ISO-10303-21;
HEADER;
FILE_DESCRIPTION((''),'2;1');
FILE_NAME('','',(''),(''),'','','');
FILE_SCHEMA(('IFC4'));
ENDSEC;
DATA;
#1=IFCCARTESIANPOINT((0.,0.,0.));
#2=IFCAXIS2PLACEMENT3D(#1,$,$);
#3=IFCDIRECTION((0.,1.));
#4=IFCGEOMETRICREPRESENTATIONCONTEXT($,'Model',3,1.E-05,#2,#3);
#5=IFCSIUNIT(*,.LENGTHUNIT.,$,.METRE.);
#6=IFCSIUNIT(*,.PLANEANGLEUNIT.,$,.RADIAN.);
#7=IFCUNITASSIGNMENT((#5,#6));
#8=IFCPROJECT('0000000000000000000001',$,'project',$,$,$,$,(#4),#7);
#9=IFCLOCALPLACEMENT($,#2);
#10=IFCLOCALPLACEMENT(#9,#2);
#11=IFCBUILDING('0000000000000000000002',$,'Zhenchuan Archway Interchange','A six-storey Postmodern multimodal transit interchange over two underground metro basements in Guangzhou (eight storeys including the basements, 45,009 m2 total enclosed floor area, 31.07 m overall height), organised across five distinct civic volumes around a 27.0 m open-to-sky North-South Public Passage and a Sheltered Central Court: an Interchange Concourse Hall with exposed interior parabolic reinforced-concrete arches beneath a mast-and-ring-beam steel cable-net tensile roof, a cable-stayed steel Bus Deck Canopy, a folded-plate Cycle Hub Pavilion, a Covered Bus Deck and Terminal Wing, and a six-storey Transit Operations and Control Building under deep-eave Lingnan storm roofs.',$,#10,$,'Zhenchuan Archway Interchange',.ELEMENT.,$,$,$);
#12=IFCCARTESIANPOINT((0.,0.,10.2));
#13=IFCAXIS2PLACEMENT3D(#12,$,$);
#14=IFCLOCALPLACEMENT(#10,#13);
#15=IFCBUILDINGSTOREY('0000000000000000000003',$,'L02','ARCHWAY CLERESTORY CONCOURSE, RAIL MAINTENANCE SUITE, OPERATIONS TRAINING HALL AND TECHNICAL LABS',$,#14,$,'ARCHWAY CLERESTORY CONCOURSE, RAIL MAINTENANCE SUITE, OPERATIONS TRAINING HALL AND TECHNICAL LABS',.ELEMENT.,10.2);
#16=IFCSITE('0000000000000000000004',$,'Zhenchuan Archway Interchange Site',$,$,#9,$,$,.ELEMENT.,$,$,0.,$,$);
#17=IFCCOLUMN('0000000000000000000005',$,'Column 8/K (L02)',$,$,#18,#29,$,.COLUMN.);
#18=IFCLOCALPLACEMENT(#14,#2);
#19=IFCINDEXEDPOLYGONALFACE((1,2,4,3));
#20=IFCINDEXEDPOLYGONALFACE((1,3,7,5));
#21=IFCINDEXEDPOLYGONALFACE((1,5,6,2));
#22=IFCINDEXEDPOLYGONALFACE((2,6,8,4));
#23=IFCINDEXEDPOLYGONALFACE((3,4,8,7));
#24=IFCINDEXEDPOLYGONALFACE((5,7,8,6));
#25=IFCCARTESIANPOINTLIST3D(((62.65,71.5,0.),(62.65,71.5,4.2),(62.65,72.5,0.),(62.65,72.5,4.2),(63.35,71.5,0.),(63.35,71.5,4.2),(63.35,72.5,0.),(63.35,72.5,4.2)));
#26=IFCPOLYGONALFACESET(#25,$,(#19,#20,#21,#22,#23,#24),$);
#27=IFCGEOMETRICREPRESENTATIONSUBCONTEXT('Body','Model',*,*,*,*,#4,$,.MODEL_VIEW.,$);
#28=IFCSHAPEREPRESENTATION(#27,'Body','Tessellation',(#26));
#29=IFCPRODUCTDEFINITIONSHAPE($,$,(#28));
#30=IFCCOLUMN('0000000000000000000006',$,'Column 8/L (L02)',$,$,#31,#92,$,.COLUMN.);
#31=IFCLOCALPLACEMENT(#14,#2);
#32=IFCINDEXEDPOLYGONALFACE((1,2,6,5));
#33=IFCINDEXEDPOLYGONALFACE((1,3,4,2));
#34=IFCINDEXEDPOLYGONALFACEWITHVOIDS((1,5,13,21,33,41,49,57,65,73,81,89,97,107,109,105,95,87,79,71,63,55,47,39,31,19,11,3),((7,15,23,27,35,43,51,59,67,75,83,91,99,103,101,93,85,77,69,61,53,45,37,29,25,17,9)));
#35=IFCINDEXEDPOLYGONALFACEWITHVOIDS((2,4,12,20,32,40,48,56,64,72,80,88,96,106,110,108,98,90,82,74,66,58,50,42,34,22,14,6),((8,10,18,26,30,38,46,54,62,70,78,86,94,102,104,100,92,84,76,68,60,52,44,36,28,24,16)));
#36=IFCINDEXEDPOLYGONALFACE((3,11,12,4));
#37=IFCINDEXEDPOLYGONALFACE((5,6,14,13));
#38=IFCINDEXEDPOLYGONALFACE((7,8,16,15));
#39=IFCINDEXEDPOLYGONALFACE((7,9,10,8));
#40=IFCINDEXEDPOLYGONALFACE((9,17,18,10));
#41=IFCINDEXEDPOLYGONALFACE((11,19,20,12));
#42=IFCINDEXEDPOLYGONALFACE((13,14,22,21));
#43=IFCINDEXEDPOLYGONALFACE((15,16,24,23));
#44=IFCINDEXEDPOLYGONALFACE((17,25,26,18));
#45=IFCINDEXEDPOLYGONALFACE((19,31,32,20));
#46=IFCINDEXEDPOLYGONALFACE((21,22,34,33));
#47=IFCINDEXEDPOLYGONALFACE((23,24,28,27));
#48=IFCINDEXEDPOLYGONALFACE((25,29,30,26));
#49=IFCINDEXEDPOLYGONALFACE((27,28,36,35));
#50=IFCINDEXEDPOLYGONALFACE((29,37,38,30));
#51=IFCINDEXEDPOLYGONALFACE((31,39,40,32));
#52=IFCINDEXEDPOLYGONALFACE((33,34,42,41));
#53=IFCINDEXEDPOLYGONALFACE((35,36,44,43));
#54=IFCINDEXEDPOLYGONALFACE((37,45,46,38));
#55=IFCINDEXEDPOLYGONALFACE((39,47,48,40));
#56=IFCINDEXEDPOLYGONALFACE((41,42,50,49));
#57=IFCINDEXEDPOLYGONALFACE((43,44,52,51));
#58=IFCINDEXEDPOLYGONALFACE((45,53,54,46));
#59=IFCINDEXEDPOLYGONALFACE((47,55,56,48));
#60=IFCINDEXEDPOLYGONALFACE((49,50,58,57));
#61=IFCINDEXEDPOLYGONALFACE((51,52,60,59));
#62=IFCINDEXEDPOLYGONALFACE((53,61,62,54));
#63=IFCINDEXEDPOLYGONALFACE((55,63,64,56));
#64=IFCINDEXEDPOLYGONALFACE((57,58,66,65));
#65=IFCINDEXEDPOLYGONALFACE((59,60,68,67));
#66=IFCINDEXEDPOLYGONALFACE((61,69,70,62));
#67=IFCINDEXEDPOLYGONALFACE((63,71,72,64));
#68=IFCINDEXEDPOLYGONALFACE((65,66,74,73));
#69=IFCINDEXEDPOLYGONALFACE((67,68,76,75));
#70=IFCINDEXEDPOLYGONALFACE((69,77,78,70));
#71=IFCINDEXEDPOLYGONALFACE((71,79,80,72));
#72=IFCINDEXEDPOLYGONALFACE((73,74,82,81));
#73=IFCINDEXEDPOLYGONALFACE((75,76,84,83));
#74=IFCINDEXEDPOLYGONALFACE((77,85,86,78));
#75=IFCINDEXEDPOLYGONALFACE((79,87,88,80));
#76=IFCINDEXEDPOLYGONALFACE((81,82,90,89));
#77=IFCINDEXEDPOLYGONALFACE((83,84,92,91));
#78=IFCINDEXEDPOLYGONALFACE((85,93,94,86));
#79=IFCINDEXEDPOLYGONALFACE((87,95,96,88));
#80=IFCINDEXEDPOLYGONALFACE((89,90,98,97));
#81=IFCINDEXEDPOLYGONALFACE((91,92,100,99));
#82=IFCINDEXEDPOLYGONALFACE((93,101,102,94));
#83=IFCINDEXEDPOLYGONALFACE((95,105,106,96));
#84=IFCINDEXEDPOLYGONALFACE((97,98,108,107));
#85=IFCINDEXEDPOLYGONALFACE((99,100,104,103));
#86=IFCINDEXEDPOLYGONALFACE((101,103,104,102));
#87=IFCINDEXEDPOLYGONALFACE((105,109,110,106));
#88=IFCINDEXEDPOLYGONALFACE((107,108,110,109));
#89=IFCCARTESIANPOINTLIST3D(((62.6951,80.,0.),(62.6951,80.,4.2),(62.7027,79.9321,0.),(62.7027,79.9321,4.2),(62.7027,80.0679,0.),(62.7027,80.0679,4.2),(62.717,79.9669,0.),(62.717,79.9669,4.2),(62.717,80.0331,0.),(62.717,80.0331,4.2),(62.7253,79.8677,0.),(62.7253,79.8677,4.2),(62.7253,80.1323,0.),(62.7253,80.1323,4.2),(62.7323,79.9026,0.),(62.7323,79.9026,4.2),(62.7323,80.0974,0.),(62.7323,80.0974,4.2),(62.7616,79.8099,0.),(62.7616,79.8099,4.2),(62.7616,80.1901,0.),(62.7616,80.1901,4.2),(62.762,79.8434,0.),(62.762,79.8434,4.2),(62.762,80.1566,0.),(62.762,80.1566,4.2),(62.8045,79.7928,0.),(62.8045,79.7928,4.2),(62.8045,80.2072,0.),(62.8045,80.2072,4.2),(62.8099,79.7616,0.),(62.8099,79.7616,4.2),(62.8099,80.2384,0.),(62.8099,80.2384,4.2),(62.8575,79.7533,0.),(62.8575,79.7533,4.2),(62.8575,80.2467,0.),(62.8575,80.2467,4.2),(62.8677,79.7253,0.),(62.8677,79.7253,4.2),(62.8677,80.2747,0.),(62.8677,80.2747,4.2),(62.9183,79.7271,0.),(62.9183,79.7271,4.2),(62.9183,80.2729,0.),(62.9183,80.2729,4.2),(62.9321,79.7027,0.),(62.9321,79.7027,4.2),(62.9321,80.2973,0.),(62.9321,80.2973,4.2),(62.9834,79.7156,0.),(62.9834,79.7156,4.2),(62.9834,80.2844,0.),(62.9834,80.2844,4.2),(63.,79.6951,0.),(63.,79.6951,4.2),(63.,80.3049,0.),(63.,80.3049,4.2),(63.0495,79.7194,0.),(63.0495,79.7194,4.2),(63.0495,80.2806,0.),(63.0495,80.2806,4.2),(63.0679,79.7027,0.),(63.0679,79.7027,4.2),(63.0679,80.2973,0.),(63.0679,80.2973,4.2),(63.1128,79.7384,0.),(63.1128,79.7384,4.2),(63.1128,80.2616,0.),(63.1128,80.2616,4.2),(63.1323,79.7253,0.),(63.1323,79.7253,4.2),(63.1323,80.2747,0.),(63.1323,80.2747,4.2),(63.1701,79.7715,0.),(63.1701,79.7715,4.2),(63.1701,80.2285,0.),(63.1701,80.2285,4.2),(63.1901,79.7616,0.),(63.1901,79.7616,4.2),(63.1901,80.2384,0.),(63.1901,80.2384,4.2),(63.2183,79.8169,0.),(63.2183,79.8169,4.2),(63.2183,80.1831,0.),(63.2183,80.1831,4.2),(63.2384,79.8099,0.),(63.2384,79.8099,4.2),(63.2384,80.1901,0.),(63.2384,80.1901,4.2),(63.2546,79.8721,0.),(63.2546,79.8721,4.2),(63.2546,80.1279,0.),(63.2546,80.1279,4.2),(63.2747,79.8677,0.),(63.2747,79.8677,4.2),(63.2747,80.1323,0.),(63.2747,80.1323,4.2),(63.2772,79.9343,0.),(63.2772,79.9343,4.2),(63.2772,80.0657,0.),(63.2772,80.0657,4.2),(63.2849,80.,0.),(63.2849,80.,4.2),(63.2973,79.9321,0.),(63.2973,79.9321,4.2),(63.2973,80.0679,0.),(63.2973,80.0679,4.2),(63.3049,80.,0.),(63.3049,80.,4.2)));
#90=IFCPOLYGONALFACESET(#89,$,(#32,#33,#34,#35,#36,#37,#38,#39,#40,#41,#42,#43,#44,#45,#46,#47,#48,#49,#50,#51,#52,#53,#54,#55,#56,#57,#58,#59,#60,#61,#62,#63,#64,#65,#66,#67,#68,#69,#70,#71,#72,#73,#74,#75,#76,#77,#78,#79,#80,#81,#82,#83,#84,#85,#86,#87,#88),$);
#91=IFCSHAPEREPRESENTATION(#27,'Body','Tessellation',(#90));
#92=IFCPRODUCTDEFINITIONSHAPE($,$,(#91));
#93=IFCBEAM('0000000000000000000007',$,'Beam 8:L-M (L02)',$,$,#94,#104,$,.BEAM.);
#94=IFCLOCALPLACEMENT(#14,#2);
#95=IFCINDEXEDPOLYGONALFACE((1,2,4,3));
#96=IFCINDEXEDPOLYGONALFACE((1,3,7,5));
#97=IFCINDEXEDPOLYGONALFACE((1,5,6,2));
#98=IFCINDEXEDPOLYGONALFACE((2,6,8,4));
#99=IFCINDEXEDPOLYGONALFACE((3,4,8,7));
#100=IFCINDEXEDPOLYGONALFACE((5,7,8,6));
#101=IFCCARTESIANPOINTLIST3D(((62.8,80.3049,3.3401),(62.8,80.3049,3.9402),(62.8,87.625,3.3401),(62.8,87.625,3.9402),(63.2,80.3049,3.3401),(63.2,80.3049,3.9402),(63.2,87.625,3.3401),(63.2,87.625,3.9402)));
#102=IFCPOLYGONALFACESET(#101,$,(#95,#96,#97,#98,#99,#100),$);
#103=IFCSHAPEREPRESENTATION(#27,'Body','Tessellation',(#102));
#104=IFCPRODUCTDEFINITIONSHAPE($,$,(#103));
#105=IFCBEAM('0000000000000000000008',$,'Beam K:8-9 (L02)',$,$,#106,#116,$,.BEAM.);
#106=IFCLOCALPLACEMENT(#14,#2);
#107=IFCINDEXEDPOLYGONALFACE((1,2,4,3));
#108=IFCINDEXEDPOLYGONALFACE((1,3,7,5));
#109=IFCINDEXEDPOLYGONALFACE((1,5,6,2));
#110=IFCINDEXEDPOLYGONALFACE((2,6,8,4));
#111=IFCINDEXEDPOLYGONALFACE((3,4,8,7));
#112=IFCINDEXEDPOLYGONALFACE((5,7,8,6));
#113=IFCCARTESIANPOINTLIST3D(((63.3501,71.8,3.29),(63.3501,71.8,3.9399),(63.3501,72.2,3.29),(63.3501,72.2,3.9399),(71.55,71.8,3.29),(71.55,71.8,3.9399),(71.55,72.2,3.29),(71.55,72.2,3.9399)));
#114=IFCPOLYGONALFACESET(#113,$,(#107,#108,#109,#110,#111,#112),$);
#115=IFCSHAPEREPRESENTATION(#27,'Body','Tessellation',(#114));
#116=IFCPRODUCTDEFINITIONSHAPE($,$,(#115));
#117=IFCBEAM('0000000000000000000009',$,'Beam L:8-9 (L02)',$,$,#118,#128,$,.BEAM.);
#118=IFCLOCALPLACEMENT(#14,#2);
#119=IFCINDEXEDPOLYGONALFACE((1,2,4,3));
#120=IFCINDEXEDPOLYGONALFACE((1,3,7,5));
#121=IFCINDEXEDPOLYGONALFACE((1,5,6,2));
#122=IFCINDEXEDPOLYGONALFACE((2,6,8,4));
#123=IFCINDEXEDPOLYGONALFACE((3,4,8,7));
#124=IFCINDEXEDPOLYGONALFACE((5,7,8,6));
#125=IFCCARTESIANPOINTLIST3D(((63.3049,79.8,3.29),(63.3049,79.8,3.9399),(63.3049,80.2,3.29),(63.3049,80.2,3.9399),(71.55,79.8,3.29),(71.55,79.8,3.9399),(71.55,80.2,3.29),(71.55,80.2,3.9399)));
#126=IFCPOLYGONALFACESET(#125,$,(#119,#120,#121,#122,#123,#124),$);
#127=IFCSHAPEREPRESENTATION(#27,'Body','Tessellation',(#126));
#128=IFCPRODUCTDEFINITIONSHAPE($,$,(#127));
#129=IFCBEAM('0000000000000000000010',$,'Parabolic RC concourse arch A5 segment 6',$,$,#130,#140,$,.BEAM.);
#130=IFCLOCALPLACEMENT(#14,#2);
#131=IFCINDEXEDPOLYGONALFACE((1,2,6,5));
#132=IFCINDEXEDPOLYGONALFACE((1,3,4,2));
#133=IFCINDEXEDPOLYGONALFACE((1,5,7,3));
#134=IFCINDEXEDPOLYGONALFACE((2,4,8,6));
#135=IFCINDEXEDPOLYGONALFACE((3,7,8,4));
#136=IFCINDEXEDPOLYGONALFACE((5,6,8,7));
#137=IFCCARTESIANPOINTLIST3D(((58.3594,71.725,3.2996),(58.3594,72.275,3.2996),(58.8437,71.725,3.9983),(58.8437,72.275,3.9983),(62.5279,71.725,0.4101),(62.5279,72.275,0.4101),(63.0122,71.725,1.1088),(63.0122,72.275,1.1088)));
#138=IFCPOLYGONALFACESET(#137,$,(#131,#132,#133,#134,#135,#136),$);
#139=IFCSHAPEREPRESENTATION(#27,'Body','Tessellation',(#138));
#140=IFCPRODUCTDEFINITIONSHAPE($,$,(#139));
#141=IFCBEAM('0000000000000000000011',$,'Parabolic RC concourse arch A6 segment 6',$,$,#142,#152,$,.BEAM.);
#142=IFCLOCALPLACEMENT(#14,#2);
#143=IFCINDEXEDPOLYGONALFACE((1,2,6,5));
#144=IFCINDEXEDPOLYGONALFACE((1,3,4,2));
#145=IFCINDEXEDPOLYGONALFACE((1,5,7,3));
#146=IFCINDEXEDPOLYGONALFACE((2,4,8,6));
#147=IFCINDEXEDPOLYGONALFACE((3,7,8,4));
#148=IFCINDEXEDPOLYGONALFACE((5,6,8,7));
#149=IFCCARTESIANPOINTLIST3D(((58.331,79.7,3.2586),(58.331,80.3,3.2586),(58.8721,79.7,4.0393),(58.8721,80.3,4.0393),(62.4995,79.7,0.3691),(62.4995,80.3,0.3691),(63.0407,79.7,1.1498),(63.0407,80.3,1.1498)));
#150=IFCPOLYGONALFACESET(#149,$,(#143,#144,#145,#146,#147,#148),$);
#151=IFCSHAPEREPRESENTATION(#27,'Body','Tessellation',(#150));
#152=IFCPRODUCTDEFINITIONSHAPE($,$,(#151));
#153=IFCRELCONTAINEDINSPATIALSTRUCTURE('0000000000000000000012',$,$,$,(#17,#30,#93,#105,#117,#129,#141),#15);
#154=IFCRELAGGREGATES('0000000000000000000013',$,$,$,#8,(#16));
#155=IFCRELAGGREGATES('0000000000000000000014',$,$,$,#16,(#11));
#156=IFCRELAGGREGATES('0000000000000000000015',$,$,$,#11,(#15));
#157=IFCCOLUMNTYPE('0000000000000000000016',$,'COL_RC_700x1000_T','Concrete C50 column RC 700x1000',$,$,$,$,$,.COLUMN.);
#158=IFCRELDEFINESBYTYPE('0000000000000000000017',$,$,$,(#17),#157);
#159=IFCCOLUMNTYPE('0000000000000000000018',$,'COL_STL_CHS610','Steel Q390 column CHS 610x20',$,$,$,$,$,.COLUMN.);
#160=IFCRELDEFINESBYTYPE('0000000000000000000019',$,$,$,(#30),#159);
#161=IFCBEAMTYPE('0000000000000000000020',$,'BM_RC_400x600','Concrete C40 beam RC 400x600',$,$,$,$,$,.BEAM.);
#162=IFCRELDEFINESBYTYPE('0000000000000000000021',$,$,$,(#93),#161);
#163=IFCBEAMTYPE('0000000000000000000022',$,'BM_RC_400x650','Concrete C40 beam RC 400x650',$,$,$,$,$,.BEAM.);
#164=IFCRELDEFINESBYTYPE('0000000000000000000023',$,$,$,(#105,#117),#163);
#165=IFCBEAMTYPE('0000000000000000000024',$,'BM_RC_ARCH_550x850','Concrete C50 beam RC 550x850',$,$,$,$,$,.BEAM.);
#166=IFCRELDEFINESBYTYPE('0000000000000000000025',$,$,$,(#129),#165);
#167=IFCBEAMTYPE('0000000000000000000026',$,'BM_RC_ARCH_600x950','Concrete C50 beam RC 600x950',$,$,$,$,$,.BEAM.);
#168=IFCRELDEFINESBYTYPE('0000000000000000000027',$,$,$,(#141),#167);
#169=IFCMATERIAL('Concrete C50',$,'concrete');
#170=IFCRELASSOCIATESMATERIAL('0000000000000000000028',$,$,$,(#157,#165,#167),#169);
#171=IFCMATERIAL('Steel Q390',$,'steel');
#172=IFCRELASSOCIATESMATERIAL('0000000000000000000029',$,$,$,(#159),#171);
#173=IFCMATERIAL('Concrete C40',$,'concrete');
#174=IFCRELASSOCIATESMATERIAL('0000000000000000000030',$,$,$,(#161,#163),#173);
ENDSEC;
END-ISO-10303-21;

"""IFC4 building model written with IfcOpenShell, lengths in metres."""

from ifc_helpers import new_model, si_unit, direction, frame, origin, origin_2d, place, context, subcontext, project, spatial, rectangle, hollow_circle, extrude, material, material_profile, profile_set, type_object, element, save


model = new_model("IFC4")

# Units and contexts
model_context = context("Model", 3, precision=1e-05, world=origin(), true_north=direction((0.0, 1.0)))
body_context = subcontext(model_context, "Body", "Model", "MODEL_VIEW")
ifc_project = project(units=[si_unit("LENGTHUNIT", "METRE"), si_unit("PLANEANGLEUNIT", "RADIAN")], contexts=[model_context])

# Site, building, storey
site_placement = place(None, origin())
site = spatial("IfcSite", under=ifc_project, at=site_placement, Name="Zhenchuan Archway Interchange Site", CompositionType="ELEMENT", RefElevation=0.0)
building_placement = place(site_placement, origin())
building = spatial("IfcBuilding", under=site, at=building_placement, Name="Zhenchuan Archway Interchange", Description="A six-storey Postmodern multimodal transit interchange over two underground metro basements in Guangzhou (eight storeys including the basements, 45,009 m2 total enclosed floor area, 31.07 m overall height), organised across five distinct civic volumes around a 27.0 m open-to-sky North-South Public Passage and a Sheltered Central Court: an Interchange Concourse Hall with exposed interior parabolic reinforced-concrete arches beneath a mast-and-ring-beam steel cable-net tensile roof, a cable-stayed steel Bus Deck Canopy, a folded-plate Cycle Hub Pavilion, a Covered Bus Deck and Terminal Wing, and a six-storey Transit Operations and Control Building under deep-eave Lingnan storm roofs.", LongName="Zhenchuan Archway Interchange", CompositionType="ELEMENT")
storey_placement = place(building_placement, frame((0.0, 0.0, 10.2)))
storey = spatial("IfcBuildingStorey", under=building, at=storey_placement, Name="L02", Description="ARCHWAY CLERESTORY CONCOURSE, RAIL MAINTENANCE SUITE, OPERATIONS TRAINING HALL AND TECHNICAL LABS", LongName="ARCHWAY CLERESTORY CONCOURSE, RAIL MAINTENANCE SUITE, OPERATIONS TRAINING HALL AND TECHNICAL LABS", CompositionType="ELEMENT", Elevation=10.2)

# Columns
ifc_material_1 = material(Name="Concrete C50", Category="concrete")
ifc_material_profile_1 = material_profile(ifc_material_1, rectangle(XDim=0.7, YDim=1.0, at=origin_2d()), Name="RC 700x1000")
ifc_profile_set_1 = profile_set([ifc_material_profile_1], Name="Concrete C50")
column_type_1 = type_object("IfcColumnType", Name="COL_RC_700x1000_T", Description="Concrete C50 column RC 700x1000", PredefinedType="COLUMN", material=ifc_profile_set_1)
column_1_placement = place(storey_placement, frame((63.0, 72.0, 0.0), z_axis=(0.0, 0.0, 1.0), x_axis=(1.0, 0.0, 0.0)))
element("IfcColumn", 1, at=column_1_placement, inside=storey, type_object=column_type_1, Name="Column 8/K (L02)", PredefinedType="COLUMN", context=body_context, shape_type="SweptSolid", body=[
    extrude(rectangle(XDim=0.7, YDim=1.0, at=origin_2d()), origin(), (0.0, 0.0, 1.0), 4.2),
])
ifc_material_2 = material(Name="Steel Q390", Category="steel")
ifc_material_profile_2 = material_profile(ifc_material_2, hollow_circle(Radius=0.3049, WallThickness=0.02, at=origin_2d()), Name="CHS 610x20")
ifc_profile_set_2 = profile_set([ifc_material_profile_2], Name="Steel Q390")
column_type_2 = type_object("IfcColumnType", Name="COL_STL_CHS610", Description="Steel Q390 column CHS 610x20", PredefinedType="COLUMN", material=ifc_profile_set_2)
column_2_placement = place(storey_placement, frame((63.0, 80.0, 0.0), z_axis=(0.0, 0.0, 1.0), x_axis=(1.0, 0.0, 0.0)))
element("IfcColumn", 2, at=column_2_placement, inside=storey, type_object=column_type_2, Name="Column 8/L (L02)", PredefinedType="COLUMN", context=body_context, shape_type="SweptSolid", body=[
    extrude(hollow_circle(Radius=0.3049, WallThickness=0.02, at=origin_2d()), origin(), (0.0, 0.0, 1.0), 4.2),
])

# Beams
ifc_material_3 = material(Name="Concrete C40", Category="concrete")
ifc_material_profile_3 = material_profile(ifc_material_3, rectangle(XDim=0.3999, YDim=0.6001, at=origin_2d()), Name="RC 400x600")
ifc_profile_set_3 = profile_set([ifc_material_profile_3], Name="Concrete C40")
beam_type_1 = type_object("IfcBeamType", Name="BM_RC_400x600", Description="Concrete C40 beam RC 400x600", PredefinedType="BEAM", material=ifc_profile_set_3)
beam_1_placement = place(storey_placement, frame((63.0, 80.3049, 3.6401), z_axis=(0.0, 1.0, 0.0), x_axis=(-1.0, 0.0, 0.0)))
element("IfcBeam", 3, at=beam_1_placement, inside=storey, type_object=beam_type_1, Name="Beam 8:L-M (L02)", PredefinedType="BEAM", context=body_context, shape_type="SweptSolid", body=[
    extrude(rectangle(XDim=0.3999, YDim=0.6001, at=origin_2d()), origin(), (0.0, 0.0, 1.0), 7.3201),
])
ifc_material_profile_4 = material_profile(ifc_material_3, rectangle(XDim=0.3999, YDim=0.6499, at=origin_2d()), Name="RC 400x650")
ifc_profile_set_4 = profile_set([ifc_material_profile_4], Name="Concrete C40")
beam_type_2 = type_object("IfcBeamType", Name="BM_RC_400x650", Description="Concrete C40 beam RC 400x650", PredefinedType="BEAM", material=ifc_profile_set_4)
beam_2_placement = place(storey_placement, frame((63.3501, 72.0, 3.615), z_axis=(1.0, 0.0, 0.0), x_axis=(0.0, 1.0, 0.0)))
element("IfcBeam", 4, at=beam_2_placement, inside=storey, type_object=beam_type_2, Name="Beam K:8-9 (L02)", PredefinedType="BEAM", context=body_context, shape_type="SweptSolid", body=[
    extrude(rectangle(XDim=0.3999, YDim=0.6499, at=origin_2d()), origin(), (0.0, 0.0, 1.0), 8.2),
])
beam_3_placement = place(storey_placement, frame((63.3049, 80.0, 3.615), z_axis=(1.0, 0.0, 0.0), x_axis=(0.0, 1.0, 0.0)))
element("IfcBeam", 5, at=beam_3_placement, inside=storey, type_object=beam_type_2, Name="Beam L:8-9 (L02)", PredefinedType="BEAM", context=body_context, shape_type="SweptSolid", body=[
    extrude(rectangle(XDim=0.3999, YDim=0.6499, at=origin_2d()), origin(), (0.0, 0.0, 1.0), 8.2451),
])
ifc_material_profile_5 = material_profile(ifc_material_1, rectangle(XDim=0.55, YDim=0.8501, at=origin_2d()), Name="RC 550x850")
ifc_profile_set_5 = profile_set([ifc_material_profile_5], Name="Concrete C50")
beam_type_3 = type_object("IfcBeamType", Name="BM_RC_ARCH_550x850", Description="Concrete C50 beam RC 550x850", PredefinedType="BEAM", material=ifc_profile_set_5)
beam_4_placement = place(storey_placement, frame((58.6016, 72.0, 3.6489), z_axis=(0.821865, 0.0, -0.569683), x_axis=(0.0, 1.0, 0.0)))
element("IfcBeam", 6, at=beam_4_placement, inside=storey, type_object=beam_type_3, Name="Parabolic RC concourse arch A5 segment 6", PredefinedType="BEAM", context=body_context, shape_type="SweptSolid", body=[
    extrude(rectangle(XDim=0.55, YDim=0.8501, at=origin_2d()), origin(), (0.0, 0.0, 1.0), 5.072),
])
ifc_material_profile_6 = material_profile(ifc_material_1, rectangle(XDim=0.6001, YDim=0.95, at=origin_2d()), Name="RC 600x950")
ifc_profile_set_6 = profile_set([ifc_material_profile_6], Name="Concrete C50")
beam_type_4 = type_object("IfcBeamType", Name="BM_RC_ARCH_600x950", Description="Concrete C50 beam RC 600x950", PredefinedType="BEAM", material=ifc_profile_set_6)
beam_5_placement = place(storey_placement, frame((58.6016, 80.0, 3.6489), z_axis=(0.821865, 0.0, -0.569683), x_axis=(0.0, 1.0, 0.0)))
element("IfcBeam", 7, at=beam_5_placement, inside=storey, type_object=beam_type_4, Name="Parabolic RC concourse arch A6 segment 6", PredefinedType="BEAM", context=body_context, shape_type="SweptSolid", body=[
    extrude(rectangle(XDim=0.6001, YDim=0.95, at=origin_2d()), origin(), (0.0, 0.0, 1.0), 5.072),
])

save(model, "model.ifc")
